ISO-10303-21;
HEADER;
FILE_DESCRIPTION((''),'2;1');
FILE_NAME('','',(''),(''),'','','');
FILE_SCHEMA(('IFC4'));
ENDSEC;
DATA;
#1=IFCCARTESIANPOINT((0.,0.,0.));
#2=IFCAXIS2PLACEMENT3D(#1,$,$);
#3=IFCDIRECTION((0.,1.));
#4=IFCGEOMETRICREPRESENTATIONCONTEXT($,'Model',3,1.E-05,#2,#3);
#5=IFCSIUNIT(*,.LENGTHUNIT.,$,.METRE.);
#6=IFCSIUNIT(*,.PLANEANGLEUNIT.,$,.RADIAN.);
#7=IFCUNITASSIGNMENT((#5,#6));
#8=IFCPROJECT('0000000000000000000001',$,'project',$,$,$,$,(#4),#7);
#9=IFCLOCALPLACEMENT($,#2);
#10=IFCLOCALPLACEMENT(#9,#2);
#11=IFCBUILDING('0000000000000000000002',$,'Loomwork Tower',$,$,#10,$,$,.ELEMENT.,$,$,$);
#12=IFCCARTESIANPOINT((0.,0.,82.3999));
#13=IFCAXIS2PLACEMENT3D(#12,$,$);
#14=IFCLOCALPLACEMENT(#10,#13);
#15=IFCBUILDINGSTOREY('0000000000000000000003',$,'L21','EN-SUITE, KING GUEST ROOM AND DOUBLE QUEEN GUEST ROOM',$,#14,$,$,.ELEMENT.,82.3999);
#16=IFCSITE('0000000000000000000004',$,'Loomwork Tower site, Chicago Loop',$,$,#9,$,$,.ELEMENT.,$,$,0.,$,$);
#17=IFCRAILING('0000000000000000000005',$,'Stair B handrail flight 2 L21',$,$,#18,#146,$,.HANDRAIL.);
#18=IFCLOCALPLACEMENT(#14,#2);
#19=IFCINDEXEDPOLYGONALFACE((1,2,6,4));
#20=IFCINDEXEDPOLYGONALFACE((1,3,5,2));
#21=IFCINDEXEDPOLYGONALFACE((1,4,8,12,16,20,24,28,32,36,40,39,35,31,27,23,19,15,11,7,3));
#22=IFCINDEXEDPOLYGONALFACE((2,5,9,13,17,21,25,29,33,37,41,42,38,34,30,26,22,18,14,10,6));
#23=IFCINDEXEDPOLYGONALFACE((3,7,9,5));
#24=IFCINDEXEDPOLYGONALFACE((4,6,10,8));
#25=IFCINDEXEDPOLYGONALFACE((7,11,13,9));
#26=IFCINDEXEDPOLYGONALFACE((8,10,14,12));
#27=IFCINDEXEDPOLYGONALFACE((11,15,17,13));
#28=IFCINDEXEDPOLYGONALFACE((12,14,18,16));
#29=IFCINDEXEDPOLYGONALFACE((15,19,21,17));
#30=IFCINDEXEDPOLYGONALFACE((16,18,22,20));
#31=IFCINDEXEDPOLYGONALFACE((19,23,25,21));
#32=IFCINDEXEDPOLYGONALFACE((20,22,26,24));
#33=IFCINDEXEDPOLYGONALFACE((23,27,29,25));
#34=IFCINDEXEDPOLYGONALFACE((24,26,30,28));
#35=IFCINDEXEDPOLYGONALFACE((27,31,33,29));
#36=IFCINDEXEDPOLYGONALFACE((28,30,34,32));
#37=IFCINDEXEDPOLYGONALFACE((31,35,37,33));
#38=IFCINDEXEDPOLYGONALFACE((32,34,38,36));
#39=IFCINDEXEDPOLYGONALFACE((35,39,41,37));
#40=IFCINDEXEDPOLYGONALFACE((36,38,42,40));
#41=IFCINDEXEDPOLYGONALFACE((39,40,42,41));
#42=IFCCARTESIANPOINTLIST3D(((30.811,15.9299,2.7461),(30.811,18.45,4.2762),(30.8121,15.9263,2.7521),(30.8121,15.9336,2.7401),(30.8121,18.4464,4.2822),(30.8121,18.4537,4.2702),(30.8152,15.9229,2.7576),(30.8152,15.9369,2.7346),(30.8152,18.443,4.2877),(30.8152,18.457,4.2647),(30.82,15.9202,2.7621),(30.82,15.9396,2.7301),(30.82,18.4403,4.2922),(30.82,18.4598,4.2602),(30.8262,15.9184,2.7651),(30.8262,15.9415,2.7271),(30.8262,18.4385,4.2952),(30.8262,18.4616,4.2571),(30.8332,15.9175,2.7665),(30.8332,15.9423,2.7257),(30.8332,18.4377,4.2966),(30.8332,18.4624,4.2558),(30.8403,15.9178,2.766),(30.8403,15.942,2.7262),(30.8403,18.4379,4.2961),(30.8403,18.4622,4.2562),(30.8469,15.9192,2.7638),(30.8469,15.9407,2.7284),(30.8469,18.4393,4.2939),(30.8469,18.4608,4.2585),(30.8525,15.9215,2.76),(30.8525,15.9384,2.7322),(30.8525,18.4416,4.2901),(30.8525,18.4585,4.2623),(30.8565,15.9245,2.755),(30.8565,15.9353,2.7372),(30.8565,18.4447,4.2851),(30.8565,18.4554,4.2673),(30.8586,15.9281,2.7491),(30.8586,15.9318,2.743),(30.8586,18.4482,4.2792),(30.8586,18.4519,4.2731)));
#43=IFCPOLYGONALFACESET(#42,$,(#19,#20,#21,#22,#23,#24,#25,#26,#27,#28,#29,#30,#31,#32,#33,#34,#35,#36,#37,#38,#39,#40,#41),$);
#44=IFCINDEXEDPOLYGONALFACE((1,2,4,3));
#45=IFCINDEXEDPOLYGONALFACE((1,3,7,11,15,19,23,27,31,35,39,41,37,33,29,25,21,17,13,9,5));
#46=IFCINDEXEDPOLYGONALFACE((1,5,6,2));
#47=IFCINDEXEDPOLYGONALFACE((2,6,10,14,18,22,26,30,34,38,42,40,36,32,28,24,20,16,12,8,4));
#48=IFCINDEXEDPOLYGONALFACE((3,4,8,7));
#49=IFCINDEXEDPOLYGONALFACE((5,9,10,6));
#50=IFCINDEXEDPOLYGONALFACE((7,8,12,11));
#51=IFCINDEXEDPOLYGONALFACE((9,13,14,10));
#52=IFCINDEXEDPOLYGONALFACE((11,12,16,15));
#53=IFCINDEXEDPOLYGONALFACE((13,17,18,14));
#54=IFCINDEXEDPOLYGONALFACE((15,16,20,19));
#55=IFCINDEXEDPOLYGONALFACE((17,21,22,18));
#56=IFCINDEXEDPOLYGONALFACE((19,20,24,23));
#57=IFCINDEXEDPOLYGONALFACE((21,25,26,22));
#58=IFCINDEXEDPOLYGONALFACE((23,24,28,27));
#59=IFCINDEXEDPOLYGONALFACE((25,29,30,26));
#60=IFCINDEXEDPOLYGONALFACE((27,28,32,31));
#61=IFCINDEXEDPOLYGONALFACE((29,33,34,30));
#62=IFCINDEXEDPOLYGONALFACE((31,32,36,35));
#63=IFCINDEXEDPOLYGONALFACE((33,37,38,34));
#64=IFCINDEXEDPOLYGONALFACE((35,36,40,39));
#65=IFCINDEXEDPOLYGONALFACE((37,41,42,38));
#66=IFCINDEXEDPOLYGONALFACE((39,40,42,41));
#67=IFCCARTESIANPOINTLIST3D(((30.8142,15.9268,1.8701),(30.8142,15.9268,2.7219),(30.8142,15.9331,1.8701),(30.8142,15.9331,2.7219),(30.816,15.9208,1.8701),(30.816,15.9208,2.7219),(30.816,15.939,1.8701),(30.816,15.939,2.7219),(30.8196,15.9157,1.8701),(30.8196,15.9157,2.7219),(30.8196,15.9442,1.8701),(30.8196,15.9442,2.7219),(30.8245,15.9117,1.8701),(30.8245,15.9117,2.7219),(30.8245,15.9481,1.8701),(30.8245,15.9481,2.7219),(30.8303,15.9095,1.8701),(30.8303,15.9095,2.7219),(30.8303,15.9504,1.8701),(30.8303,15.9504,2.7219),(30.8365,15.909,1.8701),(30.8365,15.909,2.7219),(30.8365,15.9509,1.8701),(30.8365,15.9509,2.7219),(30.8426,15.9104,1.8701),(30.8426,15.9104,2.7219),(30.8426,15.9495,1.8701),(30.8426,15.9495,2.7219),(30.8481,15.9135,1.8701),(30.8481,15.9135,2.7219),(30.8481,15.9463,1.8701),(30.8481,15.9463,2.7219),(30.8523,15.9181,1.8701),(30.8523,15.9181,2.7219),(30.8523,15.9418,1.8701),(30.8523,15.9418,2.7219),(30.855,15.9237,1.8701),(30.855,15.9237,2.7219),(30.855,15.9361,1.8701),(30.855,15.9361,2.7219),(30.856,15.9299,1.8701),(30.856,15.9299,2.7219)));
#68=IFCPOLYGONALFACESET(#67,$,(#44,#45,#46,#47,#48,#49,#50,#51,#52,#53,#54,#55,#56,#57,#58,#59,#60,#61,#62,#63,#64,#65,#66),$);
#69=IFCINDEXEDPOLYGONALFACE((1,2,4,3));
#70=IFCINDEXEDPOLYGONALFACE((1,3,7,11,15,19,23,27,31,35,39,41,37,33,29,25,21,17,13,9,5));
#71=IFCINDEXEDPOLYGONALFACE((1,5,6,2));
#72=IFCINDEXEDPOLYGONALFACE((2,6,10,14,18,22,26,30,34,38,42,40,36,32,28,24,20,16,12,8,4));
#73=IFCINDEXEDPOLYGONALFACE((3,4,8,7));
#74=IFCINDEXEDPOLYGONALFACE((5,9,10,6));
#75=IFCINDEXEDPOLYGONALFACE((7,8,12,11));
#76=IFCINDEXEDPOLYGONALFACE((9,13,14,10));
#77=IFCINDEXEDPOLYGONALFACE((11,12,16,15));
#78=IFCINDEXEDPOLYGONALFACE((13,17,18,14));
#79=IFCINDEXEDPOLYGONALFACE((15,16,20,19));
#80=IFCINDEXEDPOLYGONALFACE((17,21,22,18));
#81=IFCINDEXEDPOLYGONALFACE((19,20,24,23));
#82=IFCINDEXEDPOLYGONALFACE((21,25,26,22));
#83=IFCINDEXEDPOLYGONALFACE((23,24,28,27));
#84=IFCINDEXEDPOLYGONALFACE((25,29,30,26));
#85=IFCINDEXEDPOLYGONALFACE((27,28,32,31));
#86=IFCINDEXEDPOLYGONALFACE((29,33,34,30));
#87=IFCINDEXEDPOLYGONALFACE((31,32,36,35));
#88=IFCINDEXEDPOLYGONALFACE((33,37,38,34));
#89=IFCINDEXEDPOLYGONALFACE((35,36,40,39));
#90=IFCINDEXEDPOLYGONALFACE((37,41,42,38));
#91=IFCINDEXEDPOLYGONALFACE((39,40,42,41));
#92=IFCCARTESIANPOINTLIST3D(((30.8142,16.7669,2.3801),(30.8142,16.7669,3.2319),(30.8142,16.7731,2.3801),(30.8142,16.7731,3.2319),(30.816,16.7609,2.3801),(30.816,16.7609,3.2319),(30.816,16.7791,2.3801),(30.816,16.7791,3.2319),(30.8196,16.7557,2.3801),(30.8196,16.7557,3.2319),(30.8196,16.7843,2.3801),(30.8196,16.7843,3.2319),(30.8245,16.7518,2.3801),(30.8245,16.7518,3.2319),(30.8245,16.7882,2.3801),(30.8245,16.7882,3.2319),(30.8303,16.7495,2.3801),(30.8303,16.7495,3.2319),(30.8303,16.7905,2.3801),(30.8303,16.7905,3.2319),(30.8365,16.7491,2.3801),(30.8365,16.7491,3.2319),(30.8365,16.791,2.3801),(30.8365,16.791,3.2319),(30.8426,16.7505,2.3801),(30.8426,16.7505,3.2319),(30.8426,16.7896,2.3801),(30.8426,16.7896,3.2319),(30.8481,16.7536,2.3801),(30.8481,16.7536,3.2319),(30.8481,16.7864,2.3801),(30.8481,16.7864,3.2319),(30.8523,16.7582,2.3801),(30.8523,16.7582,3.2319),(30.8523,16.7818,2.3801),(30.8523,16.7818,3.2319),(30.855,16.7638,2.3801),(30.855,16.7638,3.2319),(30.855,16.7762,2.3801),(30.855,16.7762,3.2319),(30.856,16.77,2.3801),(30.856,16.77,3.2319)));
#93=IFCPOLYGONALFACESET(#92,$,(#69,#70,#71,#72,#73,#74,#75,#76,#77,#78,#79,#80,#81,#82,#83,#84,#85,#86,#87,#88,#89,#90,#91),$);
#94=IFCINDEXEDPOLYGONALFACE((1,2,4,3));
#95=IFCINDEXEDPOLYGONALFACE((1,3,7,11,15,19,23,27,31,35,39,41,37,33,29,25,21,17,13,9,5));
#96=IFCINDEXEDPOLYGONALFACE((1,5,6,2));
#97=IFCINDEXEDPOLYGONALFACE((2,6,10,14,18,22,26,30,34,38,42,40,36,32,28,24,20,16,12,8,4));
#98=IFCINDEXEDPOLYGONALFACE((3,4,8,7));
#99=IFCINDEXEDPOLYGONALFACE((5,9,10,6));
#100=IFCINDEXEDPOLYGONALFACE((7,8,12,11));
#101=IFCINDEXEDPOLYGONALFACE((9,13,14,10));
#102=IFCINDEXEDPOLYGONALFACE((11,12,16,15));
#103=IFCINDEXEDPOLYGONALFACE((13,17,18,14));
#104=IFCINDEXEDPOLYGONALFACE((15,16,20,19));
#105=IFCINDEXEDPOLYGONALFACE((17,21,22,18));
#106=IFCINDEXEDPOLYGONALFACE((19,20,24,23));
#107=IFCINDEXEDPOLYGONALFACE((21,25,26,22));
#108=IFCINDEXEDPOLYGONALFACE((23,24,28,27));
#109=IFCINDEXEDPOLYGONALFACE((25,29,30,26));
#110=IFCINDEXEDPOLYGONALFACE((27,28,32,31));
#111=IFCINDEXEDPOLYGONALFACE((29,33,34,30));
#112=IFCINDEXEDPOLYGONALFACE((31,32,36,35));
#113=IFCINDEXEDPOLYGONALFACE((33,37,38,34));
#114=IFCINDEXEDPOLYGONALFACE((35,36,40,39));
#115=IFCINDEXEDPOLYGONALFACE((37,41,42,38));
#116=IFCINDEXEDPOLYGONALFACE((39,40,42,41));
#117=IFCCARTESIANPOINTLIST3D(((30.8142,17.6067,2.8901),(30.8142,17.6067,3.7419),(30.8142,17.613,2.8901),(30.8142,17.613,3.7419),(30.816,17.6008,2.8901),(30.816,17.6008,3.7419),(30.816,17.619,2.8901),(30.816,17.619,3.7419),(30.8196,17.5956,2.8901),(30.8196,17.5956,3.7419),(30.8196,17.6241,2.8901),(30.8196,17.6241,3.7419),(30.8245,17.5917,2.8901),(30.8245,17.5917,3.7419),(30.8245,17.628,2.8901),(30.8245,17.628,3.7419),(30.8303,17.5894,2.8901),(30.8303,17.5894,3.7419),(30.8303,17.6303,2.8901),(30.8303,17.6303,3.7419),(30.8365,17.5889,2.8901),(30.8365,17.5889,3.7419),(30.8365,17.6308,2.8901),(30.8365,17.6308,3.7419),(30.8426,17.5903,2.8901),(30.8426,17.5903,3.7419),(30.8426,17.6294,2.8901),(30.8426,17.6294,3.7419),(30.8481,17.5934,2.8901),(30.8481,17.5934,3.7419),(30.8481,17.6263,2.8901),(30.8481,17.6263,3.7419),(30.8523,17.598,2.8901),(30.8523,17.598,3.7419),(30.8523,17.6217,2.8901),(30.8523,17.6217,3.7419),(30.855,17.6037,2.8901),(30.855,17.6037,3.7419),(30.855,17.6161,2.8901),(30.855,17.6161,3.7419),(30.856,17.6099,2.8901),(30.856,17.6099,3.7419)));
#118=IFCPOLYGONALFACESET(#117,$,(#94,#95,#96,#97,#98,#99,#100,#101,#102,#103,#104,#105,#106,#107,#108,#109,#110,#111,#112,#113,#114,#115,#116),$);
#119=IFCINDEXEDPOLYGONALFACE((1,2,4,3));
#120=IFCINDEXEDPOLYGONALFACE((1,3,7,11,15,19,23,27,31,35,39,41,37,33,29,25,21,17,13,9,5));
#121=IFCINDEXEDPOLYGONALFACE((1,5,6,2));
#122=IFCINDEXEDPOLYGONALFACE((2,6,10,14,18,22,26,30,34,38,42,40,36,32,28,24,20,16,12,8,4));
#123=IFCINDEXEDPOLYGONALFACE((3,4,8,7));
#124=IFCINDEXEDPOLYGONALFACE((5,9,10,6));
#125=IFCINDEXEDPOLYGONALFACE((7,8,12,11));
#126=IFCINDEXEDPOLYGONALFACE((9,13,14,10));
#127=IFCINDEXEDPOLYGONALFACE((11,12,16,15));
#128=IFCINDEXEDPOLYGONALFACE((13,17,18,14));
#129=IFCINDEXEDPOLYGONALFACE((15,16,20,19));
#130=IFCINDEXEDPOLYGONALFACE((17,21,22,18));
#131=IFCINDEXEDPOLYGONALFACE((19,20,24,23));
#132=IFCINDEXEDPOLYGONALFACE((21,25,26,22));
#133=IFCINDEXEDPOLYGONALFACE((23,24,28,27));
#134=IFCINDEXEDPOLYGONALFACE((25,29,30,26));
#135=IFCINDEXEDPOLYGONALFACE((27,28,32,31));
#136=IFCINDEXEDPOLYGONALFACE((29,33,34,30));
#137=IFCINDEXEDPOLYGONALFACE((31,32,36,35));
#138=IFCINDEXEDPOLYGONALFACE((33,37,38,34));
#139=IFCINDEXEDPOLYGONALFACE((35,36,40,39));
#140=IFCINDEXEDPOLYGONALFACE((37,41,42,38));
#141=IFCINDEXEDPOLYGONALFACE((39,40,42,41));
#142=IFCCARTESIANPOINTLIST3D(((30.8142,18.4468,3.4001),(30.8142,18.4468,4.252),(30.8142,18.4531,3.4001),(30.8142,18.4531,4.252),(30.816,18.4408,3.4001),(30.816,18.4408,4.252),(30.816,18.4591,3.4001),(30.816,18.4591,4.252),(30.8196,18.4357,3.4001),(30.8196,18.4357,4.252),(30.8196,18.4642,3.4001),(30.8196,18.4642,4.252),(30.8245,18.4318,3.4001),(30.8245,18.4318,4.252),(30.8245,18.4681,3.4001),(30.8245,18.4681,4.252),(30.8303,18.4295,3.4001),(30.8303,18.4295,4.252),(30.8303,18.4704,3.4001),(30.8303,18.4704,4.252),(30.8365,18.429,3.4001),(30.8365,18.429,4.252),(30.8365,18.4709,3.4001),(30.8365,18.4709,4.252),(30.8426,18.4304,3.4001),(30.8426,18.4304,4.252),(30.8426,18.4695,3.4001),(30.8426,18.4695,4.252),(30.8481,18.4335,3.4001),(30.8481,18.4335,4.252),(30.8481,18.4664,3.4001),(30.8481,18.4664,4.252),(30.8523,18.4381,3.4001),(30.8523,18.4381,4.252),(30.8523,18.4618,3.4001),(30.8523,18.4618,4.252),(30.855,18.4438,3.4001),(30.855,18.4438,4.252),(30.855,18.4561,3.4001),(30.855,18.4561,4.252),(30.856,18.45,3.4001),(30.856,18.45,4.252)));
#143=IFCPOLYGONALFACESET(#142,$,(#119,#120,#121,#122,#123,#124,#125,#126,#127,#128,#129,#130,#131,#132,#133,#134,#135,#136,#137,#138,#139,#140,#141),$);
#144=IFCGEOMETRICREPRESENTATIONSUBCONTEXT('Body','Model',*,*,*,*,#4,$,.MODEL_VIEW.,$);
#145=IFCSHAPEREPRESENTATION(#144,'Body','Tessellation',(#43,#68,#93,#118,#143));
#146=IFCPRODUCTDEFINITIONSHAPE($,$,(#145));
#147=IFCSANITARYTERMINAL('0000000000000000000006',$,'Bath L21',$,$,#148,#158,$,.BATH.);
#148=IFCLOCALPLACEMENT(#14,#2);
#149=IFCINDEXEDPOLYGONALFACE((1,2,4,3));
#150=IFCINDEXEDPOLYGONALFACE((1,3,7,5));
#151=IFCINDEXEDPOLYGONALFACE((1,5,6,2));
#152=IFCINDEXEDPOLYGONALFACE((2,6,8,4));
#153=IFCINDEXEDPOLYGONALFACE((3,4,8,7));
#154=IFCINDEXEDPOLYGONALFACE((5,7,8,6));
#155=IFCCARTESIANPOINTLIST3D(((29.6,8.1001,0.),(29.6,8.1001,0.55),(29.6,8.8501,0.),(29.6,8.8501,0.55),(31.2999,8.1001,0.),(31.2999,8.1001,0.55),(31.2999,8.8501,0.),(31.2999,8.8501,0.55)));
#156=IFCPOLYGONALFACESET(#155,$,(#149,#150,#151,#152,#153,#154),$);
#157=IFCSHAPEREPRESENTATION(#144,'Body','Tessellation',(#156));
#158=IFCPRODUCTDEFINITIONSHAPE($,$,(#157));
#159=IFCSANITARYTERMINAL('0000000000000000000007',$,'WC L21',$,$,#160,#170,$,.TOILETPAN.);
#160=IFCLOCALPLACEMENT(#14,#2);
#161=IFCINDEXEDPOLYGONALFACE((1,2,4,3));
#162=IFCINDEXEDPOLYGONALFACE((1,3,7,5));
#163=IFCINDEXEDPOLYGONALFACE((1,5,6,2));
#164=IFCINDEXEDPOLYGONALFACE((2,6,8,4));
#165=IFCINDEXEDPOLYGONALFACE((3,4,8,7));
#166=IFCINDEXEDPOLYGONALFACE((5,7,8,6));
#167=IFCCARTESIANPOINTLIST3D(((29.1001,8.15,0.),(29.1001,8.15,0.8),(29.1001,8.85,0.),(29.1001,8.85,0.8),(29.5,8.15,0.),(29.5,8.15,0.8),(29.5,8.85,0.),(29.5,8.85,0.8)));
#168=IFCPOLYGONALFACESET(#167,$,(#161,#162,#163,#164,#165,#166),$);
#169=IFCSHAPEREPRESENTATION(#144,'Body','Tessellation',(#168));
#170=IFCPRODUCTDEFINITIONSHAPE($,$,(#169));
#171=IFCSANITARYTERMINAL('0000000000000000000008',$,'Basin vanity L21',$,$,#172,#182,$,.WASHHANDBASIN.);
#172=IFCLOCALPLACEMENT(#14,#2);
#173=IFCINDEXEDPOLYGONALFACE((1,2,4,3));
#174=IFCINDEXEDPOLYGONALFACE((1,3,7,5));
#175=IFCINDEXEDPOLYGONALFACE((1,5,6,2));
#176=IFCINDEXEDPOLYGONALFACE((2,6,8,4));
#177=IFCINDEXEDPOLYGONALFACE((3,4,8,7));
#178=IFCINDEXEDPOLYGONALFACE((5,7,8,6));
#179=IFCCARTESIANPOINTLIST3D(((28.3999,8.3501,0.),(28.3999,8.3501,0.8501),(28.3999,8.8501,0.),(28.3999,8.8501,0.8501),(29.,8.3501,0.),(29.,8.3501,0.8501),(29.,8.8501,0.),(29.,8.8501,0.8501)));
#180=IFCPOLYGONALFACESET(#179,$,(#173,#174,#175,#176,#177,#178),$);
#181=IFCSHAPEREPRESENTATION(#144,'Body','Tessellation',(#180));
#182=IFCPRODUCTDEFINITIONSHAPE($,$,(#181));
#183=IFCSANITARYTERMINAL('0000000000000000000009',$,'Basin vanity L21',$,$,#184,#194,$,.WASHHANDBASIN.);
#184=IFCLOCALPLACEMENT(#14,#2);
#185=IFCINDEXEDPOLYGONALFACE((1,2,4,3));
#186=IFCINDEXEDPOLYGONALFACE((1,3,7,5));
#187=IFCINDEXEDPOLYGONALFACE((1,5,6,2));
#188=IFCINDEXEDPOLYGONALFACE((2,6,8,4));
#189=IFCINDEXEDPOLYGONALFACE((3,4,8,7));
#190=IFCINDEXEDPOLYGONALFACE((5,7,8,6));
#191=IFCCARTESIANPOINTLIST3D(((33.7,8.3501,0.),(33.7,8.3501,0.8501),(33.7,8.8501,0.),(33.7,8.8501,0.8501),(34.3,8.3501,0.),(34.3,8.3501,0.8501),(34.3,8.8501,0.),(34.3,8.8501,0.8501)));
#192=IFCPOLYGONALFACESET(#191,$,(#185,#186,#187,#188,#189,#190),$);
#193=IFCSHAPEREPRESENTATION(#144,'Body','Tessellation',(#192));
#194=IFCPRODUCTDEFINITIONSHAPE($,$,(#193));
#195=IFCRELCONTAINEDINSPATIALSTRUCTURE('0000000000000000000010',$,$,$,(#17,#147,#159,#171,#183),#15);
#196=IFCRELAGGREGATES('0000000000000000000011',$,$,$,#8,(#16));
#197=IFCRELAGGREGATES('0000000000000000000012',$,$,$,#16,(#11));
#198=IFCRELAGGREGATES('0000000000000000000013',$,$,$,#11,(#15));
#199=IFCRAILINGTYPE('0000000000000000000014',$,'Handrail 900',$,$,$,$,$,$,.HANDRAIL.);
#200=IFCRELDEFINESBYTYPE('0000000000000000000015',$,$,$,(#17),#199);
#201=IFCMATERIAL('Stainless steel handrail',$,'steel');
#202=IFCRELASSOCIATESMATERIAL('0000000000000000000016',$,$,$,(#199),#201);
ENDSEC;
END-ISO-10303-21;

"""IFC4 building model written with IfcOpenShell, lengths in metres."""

from ifc_helpers import new_model, si_unit, direction, frame, origin, origin_2d, place, context, subcontext, project, spatial, rectangle, circle, extrude, material, type_object, element, save


model = new_model("IFC4")

# Units and contexts
model_context = context("Model", 3, precision=1e-05, world=origin(), true_north=direction((0.0, 1.0)))
body_context = subcontext(model_context, "Body", "Model", "MODEL_VIEW")
ifc_project = project(units=[si_unit("LENGTHUNIT", "METRE"), si_unit("PLANEANGLEUNIT", "RADIAN")], contexts=[model_context])

# Site, building, storey
site_placement = place(None, origin())
site = spatial("IfcSite", under=ifc_project, at=site_placement, Name="Loomwork Tower site, Chicago Loop", CompositionType="ELEMENT", RefElevation=0.0)
building_placement = place(site_placement, origin())
building = spatial("IfcBuilding", under=site, at=building_placement, Name="Loomwork Tower", CompositionType="ELEMENT")
storey_placement = place(building_placement, frame((0.0, 0.0, 82.3999)))
storey = spatial("IfcBuildingStorey", under=building, at=storey_placement, Name="L21", Description="EN-SUITE, KING GUEST ROOM AND DOUBLE QUEEN GUEST ROOM", CompositionType="ELEMENT", Elevation=82.3999)

# Railing
ifc_material_1 = material(Name="Stainless steel handrail", Category="steel")
railing_type = type_object("IfcRailingType", Name="Handrail 900", PredefinedType="HANDRAIL", material=ifc_material_1)
railing_placement = place(storey_placement, frame((30.835, 15.9299, 1.8701)))
element("IfcRailing", 1, at=railing_placement, inside=storey, type_object=railing_type, Name="Stair B handrail flight 2 L21", PredefinedType="HANDRAIL", context=body_context, shape_type="SweptSolid", body=[
    extrude(circle(Radius=0.0239, at=origin_2d()), frame((0.0, 0.0, 0.876), z_axis=(0.0, 0.854785, 0.518982), x_axis=(-1.0, 0.0, 0.0)), (0.0, 0.0, 1.0), 2.9482),
    extrude(circle(Radius=0.021, at=origin_2d()), origin(), (0.0, 0.0, 1.0), 0.8518),
    extrude(circle(Radius=0.021, at=origin_2d()), frame((0.0, 0.8401, 0.51)), (0.0, 0.0, 1.0), 0.8518),
    extrude(circle(Radius=0.021, at=origin_2d()), frame((0.0, 1.6799, 1.02)), (0.0, 0.0, 1.0), 0.8518),
    extrude(circle(Radius=0.021, at=origin_2d()), frame((0.0, 2.52, 1.53)), (0.0, 0.0, 1.0), 0.8518),
])

# Sanitary terminals
sanitary_terminal_1_placement = place(storey_placement, frame((30.45, 8.4751, 0.0), z_axis=(0.0, 0.0, 1.0), x_axis=(1.0, 0.0, 0.0)))
element("IfcSanitaryTerminal", 2, at=sanitary_terminal_1_placement, inside=storey, Name="Bath L21", PredefinedType="BATH", context=body_context, shape_type="SweptSolid", body=[
    extrude(rectangle(XDim=1.7, YDim=0.75, at=origin_2d()), origin(), (0.0, 0.0, 1.0), 0.55),
])
sanitary_terminal_2_placement = place(storey_placement, frame((29.3, 8.5, 0.0), z_axis=(0.0, 0.0, 1.0), x_axis=(1.0, 0.0, 0.0)))
element("IfcSanitaryTerminal", 3, at=sanitary_terminal_2_placement, inside=storey, Name="WC L21", PredefinedType="TOILETPAN", context=body_context, shape_type="SweptSolid", body=[
    extrude(rectangle(XDim=0.3999, YDim=0.7, at=origin_2d()), origin(), (0.0, 0.0, 1.0), 0.8),
])
for number, where, z_axis, x_axis, name in (
    (4, (28.7, 8.6001, 0.0), (0.0, 0.0, 1.0), (1.0, 0.0, 0.0), "Basin vanity L21"),
    (5, (34.0, 8.6001, 0.0), (0.0, 0.0, 1.0), (1.0, 0.0, 0.0), "Basin vanity L21"),
):
    element("IfcSanitaryTerminal", number, at=place(storey_placement, frame(where, z_axis=z_axis, x_axis=x_axis)), inside=storey, Name=name, PredefinedType="WASHHANDBASIN", context=body_context, shape_type="SweptSolid", body=[
        extrude(rectangle(XDim=0.6001, YDim=0.5, at=origin_2d()), origin(), (0.0, 0.0, 1.0), 0.8501),
    ])

save(model, "model.ifc")
